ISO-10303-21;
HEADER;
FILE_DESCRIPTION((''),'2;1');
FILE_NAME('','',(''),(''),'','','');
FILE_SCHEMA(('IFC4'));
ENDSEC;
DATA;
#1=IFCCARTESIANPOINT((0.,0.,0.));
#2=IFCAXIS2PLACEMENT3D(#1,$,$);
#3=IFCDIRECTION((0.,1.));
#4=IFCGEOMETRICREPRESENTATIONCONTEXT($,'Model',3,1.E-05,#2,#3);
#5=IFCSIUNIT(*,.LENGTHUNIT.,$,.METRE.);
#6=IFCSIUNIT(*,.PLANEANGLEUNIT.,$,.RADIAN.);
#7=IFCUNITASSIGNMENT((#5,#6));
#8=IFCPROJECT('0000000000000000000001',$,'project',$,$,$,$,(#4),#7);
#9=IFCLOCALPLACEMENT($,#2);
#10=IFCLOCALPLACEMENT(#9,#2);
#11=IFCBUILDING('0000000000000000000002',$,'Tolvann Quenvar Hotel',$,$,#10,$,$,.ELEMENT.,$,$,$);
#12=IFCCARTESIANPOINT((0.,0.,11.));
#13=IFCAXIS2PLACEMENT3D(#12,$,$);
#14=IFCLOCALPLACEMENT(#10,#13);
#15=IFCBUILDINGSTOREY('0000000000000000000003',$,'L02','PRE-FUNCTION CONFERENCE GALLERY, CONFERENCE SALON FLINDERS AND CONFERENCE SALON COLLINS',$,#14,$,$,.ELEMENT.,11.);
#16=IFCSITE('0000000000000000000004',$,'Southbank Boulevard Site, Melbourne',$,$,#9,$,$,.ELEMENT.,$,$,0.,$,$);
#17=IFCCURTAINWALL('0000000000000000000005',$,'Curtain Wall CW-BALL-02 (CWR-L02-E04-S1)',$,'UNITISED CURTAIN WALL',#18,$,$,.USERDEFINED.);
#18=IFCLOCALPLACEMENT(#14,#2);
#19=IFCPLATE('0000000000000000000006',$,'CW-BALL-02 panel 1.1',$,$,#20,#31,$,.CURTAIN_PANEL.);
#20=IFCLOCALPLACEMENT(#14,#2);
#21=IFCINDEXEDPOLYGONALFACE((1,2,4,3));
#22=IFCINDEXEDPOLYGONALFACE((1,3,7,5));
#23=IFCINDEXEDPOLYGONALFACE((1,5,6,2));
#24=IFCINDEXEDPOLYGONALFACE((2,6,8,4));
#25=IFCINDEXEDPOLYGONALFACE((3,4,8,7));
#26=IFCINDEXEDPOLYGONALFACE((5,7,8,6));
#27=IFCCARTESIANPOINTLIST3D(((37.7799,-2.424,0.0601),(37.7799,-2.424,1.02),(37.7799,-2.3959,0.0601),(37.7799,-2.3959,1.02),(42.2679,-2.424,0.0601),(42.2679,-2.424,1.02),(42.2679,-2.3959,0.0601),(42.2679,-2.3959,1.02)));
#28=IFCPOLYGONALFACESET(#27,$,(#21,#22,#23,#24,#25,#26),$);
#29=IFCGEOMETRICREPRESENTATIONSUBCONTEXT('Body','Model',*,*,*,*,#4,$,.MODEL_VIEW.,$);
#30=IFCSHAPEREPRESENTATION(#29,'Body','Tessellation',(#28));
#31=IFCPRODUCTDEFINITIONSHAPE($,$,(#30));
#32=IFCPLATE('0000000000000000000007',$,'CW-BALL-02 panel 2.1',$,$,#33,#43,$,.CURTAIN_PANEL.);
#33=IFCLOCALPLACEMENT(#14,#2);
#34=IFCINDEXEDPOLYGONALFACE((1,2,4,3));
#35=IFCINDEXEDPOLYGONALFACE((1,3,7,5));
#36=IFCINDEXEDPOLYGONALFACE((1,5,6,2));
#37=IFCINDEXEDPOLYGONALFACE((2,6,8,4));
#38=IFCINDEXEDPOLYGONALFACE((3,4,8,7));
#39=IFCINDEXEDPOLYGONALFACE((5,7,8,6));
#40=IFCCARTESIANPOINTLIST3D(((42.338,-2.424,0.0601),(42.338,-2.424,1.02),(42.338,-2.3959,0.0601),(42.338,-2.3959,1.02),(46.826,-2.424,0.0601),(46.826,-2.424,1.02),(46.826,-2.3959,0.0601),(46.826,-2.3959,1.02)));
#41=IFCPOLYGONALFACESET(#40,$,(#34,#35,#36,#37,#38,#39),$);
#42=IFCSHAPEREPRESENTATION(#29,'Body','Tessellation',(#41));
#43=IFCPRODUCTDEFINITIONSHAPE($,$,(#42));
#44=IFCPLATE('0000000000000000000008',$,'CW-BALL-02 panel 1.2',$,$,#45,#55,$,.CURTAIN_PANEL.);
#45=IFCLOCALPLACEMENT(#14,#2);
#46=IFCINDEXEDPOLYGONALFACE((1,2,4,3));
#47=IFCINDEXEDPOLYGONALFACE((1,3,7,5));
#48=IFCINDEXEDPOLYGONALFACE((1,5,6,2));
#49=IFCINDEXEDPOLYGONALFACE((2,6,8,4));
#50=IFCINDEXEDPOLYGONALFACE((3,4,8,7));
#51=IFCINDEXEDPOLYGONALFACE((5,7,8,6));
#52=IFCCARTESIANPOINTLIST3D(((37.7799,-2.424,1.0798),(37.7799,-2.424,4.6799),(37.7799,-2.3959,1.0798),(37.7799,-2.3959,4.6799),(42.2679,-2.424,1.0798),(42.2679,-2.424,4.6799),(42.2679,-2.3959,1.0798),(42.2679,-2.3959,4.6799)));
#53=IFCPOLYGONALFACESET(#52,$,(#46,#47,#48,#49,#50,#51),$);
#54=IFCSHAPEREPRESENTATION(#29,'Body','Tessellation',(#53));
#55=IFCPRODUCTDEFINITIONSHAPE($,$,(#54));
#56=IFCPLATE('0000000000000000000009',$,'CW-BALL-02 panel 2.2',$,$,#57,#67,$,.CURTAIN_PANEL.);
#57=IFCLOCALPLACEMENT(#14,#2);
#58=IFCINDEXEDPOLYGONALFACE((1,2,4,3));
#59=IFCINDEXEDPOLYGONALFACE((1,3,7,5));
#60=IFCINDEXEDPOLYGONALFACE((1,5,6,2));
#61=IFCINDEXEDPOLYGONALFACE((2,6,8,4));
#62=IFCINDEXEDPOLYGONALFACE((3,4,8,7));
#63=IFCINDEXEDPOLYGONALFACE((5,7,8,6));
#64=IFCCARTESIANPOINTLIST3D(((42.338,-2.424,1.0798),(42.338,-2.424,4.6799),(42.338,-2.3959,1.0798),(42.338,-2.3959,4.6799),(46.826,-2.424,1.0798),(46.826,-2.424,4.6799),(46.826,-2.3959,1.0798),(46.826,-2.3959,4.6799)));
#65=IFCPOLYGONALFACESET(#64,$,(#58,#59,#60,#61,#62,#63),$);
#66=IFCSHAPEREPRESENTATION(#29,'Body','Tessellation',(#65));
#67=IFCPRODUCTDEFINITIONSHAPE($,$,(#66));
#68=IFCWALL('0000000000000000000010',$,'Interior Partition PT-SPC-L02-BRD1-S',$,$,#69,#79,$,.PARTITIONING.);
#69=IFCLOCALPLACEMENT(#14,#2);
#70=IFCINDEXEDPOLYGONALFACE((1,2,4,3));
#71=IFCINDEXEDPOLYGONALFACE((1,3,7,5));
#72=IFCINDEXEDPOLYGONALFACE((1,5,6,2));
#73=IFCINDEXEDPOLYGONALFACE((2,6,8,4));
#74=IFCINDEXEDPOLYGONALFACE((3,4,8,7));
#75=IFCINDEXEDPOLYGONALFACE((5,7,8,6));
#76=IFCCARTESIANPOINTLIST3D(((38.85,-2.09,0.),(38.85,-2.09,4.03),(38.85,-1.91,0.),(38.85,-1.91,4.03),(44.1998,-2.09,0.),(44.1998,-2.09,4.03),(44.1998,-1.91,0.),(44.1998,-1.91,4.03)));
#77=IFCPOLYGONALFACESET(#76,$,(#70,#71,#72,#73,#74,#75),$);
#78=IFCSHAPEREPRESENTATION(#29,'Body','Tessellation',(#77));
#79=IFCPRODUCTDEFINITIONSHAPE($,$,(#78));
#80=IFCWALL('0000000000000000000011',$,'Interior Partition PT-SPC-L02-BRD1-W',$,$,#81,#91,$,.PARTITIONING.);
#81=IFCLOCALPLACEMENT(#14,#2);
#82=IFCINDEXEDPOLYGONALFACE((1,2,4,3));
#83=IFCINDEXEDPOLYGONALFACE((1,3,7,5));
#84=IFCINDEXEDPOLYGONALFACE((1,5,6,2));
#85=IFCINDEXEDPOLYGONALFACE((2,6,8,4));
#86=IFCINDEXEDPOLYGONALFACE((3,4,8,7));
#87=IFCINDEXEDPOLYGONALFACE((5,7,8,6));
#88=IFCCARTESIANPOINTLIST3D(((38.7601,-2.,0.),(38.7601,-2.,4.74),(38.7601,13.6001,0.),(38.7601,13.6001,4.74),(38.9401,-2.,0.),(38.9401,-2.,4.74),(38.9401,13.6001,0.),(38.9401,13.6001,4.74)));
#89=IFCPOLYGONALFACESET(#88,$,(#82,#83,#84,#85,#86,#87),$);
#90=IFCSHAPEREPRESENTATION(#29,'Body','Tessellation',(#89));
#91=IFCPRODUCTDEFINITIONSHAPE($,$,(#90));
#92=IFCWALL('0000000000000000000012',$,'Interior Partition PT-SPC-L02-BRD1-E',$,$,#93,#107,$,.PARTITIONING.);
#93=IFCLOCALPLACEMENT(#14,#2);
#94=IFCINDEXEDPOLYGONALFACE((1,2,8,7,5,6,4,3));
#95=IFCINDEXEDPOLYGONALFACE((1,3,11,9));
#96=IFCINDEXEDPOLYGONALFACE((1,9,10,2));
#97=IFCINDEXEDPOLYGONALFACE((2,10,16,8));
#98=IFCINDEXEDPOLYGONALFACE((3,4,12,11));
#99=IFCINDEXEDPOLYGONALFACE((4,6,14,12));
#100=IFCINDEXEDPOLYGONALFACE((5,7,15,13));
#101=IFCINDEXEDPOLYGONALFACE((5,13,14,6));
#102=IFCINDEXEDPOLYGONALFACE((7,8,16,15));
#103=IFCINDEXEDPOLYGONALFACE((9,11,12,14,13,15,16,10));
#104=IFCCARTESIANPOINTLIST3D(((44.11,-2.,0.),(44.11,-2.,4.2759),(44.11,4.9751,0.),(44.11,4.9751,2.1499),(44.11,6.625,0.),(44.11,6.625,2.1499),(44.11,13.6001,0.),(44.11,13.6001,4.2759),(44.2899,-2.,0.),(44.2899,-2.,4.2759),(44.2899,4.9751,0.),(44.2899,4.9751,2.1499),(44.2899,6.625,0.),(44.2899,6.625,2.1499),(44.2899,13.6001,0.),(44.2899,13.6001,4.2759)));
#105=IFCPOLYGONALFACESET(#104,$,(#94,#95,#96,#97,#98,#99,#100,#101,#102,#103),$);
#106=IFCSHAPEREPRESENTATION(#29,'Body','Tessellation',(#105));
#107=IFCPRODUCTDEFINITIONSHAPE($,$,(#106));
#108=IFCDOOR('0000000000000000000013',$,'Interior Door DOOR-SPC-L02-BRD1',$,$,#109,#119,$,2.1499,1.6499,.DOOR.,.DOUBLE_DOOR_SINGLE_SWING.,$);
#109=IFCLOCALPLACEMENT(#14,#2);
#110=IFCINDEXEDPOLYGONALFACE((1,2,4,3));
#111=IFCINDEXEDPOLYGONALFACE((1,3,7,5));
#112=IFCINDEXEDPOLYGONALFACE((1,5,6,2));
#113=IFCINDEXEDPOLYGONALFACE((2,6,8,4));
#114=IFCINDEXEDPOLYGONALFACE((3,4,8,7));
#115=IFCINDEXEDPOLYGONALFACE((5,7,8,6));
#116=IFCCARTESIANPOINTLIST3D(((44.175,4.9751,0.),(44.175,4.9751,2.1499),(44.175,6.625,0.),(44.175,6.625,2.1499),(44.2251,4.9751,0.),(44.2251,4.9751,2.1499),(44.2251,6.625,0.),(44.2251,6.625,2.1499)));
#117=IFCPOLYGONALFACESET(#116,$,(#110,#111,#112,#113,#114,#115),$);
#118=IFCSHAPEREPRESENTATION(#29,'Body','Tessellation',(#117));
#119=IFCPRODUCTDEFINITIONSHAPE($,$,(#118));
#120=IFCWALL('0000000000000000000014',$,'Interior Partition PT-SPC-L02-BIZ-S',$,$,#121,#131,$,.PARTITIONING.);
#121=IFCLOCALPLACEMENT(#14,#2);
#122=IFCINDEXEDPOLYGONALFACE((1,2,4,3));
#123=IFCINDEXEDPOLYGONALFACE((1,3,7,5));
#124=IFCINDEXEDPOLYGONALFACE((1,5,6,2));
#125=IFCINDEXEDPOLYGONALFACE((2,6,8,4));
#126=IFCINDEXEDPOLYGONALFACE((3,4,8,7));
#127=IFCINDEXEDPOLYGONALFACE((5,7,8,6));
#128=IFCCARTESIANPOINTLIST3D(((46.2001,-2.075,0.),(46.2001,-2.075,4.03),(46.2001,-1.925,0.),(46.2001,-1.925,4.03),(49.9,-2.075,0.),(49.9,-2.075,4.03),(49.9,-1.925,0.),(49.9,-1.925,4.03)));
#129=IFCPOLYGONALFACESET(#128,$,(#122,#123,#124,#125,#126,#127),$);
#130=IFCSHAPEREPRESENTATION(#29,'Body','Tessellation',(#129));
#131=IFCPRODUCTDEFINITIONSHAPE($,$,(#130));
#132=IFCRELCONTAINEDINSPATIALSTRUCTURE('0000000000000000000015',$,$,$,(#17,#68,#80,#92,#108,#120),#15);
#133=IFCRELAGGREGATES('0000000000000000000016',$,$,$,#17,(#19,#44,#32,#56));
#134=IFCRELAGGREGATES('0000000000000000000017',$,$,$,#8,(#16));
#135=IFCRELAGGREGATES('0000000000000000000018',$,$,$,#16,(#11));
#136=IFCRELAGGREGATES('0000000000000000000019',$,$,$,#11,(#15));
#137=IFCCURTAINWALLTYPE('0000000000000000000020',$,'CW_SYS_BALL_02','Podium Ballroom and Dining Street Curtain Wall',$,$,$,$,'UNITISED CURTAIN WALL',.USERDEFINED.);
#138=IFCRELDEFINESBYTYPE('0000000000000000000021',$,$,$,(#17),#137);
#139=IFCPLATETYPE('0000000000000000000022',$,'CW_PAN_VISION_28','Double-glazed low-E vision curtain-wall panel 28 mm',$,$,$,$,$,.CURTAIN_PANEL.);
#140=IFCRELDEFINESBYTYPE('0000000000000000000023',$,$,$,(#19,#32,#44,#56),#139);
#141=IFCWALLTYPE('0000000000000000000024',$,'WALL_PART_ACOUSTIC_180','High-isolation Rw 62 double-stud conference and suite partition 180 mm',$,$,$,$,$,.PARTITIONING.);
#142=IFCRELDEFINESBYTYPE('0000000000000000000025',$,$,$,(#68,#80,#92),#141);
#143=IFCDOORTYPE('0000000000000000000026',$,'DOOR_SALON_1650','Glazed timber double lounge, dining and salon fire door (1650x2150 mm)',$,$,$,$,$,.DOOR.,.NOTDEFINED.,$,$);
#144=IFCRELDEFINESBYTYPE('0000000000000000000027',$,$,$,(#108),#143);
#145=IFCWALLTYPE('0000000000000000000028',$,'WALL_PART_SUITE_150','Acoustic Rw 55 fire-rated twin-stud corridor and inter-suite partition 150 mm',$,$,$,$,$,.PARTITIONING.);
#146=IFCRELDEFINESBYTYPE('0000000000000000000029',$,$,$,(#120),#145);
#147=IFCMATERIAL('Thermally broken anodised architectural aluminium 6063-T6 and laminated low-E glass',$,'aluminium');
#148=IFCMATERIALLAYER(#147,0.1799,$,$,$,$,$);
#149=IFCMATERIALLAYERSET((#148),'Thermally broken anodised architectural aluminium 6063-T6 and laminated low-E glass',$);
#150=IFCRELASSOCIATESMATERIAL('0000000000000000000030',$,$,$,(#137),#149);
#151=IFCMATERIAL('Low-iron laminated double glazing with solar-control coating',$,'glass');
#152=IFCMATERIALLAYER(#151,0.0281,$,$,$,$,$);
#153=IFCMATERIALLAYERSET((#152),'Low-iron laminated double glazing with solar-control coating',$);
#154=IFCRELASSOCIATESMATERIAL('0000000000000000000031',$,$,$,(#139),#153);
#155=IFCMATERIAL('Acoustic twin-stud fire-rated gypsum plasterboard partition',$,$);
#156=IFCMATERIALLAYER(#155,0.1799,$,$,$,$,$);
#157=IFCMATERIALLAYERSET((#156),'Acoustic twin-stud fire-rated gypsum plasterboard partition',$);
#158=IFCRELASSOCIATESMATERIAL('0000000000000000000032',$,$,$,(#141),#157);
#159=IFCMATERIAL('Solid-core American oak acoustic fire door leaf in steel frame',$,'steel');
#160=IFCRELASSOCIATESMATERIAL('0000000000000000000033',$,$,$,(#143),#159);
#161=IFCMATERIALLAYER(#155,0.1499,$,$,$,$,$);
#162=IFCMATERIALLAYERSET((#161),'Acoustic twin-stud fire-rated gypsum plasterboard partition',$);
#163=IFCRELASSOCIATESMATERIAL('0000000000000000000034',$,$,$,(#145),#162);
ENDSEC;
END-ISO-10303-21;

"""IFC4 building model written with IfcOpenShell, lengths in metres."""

from ifc_helpers import new_model, si_unit, direction, frame, frame_2d, origin, origin_2d, place, context, subcontext, project, spatial, rectangle, extrude, source, transform, mapped, material, layer, layer_set, type_object, type_shapes, element, fill, aggregate, save


model = new_model("IFC4")

# Units and contexts
model_context = context("Model", 3, precision=1e-05, world=origin(), true_north=direction((0.0, 1.0)))
body_context = subcontext(model_context, "Body", "Model", "MODEL_VIEW")
ifc_project = project(units=[si_unit("LENGTHUNIT", "METRE"), si_unit("PLANEANGLEUNIT", "RADIAN")], contexts=[model_context])

# Site, building, storey
site_placement = place(None, origin())
site = spatial("IfcSite", under=ifc_project, at=site_placement, Name="Southbank Boulevard Site, Melbourne", CompositionType="ELEMENT", RefElevation=0.0)
building_placement = place(site_placement, origin())
building = spatial("IfcBuilding", under=site, at=building_placement, Name="Tolvann Quenvar Hotel", CompositionType="ELEMENT")
storey_placement = place(building_placement, frame((0.0, 0.0, 11.0)))
storey = spatial("IfcBuildingStorey", under=building, at=storey_placement, Name="L02", Description="PRE-FUNCTION CONFERENCE GALLERY, CONFERENCE SALON FLINDERS AND CONFERENCE SALON COLLINS", CompositionType="ELEMENT", Elevation=11.0)

# Shared definitions
ifc_material_1 = material(Name="Thermally broken anodised architectural aluminium 6063-T6 and laminated low-E glass", Category="aluminium")

# Curtain wall
ifc_layer_1 = layer(ifc_material_1, 0.1799)
ifc_layer_set_1 = layer_set([ifc_layer_1], Name="Thermally broken anodised architectural aluminium 6063-T6 and laminated low-E glass")
curtain_wall_type_1 = type_object("IfcCurtainWallType", Name="CW_SYS_BALL_02", Description="Podium Ballroom and Dining Street Curtain Wall", ElementType="UNITISED CURTAIN WALL", PredefinedType="USERDEFINED", material=ifc_layer_set_1)
curtain_wall_1_placement = place(storey_placement, origin())
curtain_wall_1 = element("IfcCurtainWall", 1, at=curtain_wall_1_placement, inside=storey, type_object=curtain_wall_type_1, Name="Curtain Wall CW-BALL-02 (CWR-L02-E04-S1)", ObjectType="UNITISED CURTAIN WALL", PredefinedType="USERDEFINED")

# Plates
ifc_material_2 = material(Name="Low-iron laminated double glazing with solar-control coating", Category="glass")
ifc_layer_2 = layer(ifc_material_2, 0.0281)
ifc_layer_set_2 = layer_set([ifc_layer_2], Name="Low-iron laminated double glazing with solar-control coating")
plate_type = type_object("IfcPlateType", Name="CW_PAN_VISION_28", Description="Double-glazed low-E vision curtain-wall panel 28 mm", PredefinedType="CURTAIN_PANEL", material=ifc_layer_set_2)
shared_shape_1 = source(origin(), body_context, "Body", "SweptSolid", [
    extrude(rectangle(XDim=4.488, YDim=0.0281, at=origin_2d()), origin(), (0.0, 0.0, 1.0), 0.96),
])
plate_1_placement = place(storey_placement, frame((40.0239, -2.4099, 0.0601), z_axis=(0.0, 0.0, 1.0), x_axis=(1.0, 0.0, 0.0)))
plate_1 = element("IfcPlate", 2, at=plate_1_placement, type_object=plate_type, Name="CW-BALL-02 panel 1.1", PredefinedType="CURTAIN_PANEL", context=body_context, shape_type="MappedRepresentation", body=[
    mapped(shared_shape_1, transform((0.0, 0.0, 0.0), x_axis=(1.0, 0.0, 0.0), y_axis=(0.0, 1.0, 0.0), z_axis=(0.0, 0.0, 1.0), scale=1.0)),
])
plate_2_placement = place(storey_placement, frame((44.582, -2.4099, 0.0601), z_axis=(0.0, 0.0, 1.0), x_axis=(1.0, 0.0, 0.0)))
plate_2 = element("IfcPlate", 3, at=plate_2_placement, type_object=plate_type, Name="CW-BALL-02 panel 2.1", PredefinedType="CURTAIN_PANEL", context=body_context, shape_type="MappedRepresentation", body=[
    mapped(shared_shape_1, transform((0.0, 0.0, 0.0), x_axis=(1.0, 0.0, 0.0), y_axis=(0.0, 1.0, 0.0), z_axis=(0.0, 0.0, 1.0), scale=1.0)),
])
shared_shape_2 = source(origin(), body_context, "Body", "SweptSolid", [
    extrude(rectangle(XDim=4.488, YDim=0.0281, at=origin_2d()), origin(), (0.0, 0.0, 1.0), 3.6001),
])
plate_3_placement = place(storey_placement, frame((40.0239, -2.4099, 1.0798), z_axis=(0.0, 0.0, 1.0), x_axis=(1.0, 0.0, 0.0)))
plate_3 = element("IfcPlate", 4, at=plate_3_placement, type_object=plate_type, Name="CW-BALL-02 panel 1.2", PredefinedType="CURTAIN_PANEL", context=body_context, shape_type="MappedRepresentation", body=[
    mapped(shared_shape_2, transform((0.0, 0.0, 0.0), x_axis=(1.0, 0.0, 0.0), y_axis=(0.0, 1.0, 0.0), z_axis=(0.0, 0.0, 1.0), scale=1.0)),
])
plate_4_placement = place(storey_placement, frame((44.582, -2.4099, 1.0798), z_axis=(0.0, 0.0, 1.0), x_axis=(1.0, 0.0, 0.0)))
plate_4 = element("IfcPlate", 5, at=plate_4_placement, type_object=plate_type, Name="CW-BALL-02 panel 2.2", PredefinedType="CURTAIN_PANEL", context=body_context, shape_type="MappedRepresentation", body=[
    mapped(shared_shape_2, transform((0.0, 0.0, 0.0), x_axis=(1.0, 0.0, 0.0), y_axis=(0.0, 1.0, 0.0), z_axis=(0.0, 0.0, 1.0), scale=1.0)),
])
aggregate(curtain_wall_1, [plate_1, plate_3, plate_2, plate_4])

# Walls
ifc_material_3 = material(Name="Acoustic twin-stud fire-rated gypsum plasterboard partition")
ifc_layer_3 = layer(ifc_material_3, 0.1799)
ifc_layer_set_3 = layer_set([ifc_layer_3], Name="Acoustic twin-stud fire-rated gypsum plasterboard partition")
wall_type_1 = type_object("IfcWallType", Name="WALL_PART_ACOUSTIC_180", Description="High-isolation Rw 62 double-stud conference and suite partition 180 mm", PredefinedType="PARTITIONING", material=ifc_layer_set_3)
wall_1_placement = place(storey_placement, frame((38.8501, -2.0, 0.0), z_axis=(0.0, 0.0, 1.0), x_axis=(1.0, 0.0, 0.0)))
element("IfcWall", 6, at=wall_1_placement, inside=storey, type_object=wall_type_1, Name="Interior Partition PT-SPC-L02-BRD1-S", PredefinedType="PARTITIONING", context=body_context, shape_type="SweptSolid", body=[
    extrude(rectangle(XDim=5.3499, YDim=0.1799, at=frame_2d((2.6748, 0.0))), origin(), (0.0, 0.0, 1.0), 4.03),
])
wall_2_placement = place(storey_placement, frame((38.8501, -2.0, 0.0), z_axis=(0.0, 0.0, 1.0), x_axis=(0.0, 1.0, 0.0)))
element("IfcWall", 7, at=wall_2_placement, inside=storey, type_object=wall_type_1, Name="Interior Partition PT-SPC-L02-BRD1-W", PredefinedType="PARTITIONING", context=body_context, shape_type="SweptSolid", body=[
    extrude(rectangle(XDim=15.6001, YDim=0.1799, at=frame_2d((7.8, 0.0))), origin(), (0.0, 0.0, 1.0), 4.74),
])

# Wall, opening, door
wall_3_placement = place(storey_placement, frame((44.2, -2.0, 0.0), z_axis=(0.0, 0.0, 1.0), x_axis=(0.0, 1.0, 0.0)))
wall_3 = element("IfcWall", 8, at=wall_3_placement, inside=storey, type_object=wall_type_1, Name="Interior Partition PT-SPC-L02-BRD1-E", PredefinedType="PARTITIONING", context=body_context, shape_type="SweptSolid", body=[
    extrude(rectangle(XDim=15.6001, YDim=0.1799, at=frame_2d((7.8, 0.0))), origin(), (0.0, 0.0, 1.0), 4.2759),
])
opening_placement = place(wall_3_placement, frame((6.9751, 0.0, 0.0)))
opening = element("IfcOpeningElement", 9, at=opening_placement, cuts=wall_3, PredefinedType="OPENING", context=body_context, shape_type="SweptSolid", body=[
    extrude(rectangle(XDim=1.6499, YDim=2.1499, at=frame_2d((0.825, 1.075))), frame((0.0, 0.1001, 0.0), z_axis=(0.0, -1.0, 0.0), x_axis=(1.0, 0.0, 0.0)), (0.0, 0.0, 1.0), 0.2),
])
ifc_material_4 = material(Name="Solid-core American oak acoustic fire door leaf in steel frame", Category="steel")
door_type = type_object("IfcDoorType", Name="DOOR_SALON_1650", Description="Glazed timber double lounge, dining and salon fire door (1650x2150 mm)", OperationType="NOTDEFINED", PredefinedType="DOOR", material=ifc_material_4)
shared_shape_3 = source(origin(), body_context, "Body", "SweptSolid", [
    extrude(rectangle(XDim=1.6499, YDim=2.1499, at=frame_2d((0.825, 1.075))), frame((0.0, 0.0249, 0.0), z_axis=(0.0, -1.0, 0.0), x_axis=(1.0, 0.0, 0.0)), (0.0, 0.0, 1.0), 0.05),
])
type_shapes(door_type, [shared_shape_3])
door_placement = place(opening_placement, origin())
door = element("IfcDoor", 10, at=door_placement, inside=storey, type_object=door_type, Name="Interior Door DOOR-SPC-L02-BRD1", OperationType="DOUBLE_DOOR_SINGLE_SWING", OverallHeight=2.1499, OverallWidth=1.6499, PredefinedType="DOOR", context=body_context, shape_type="MappedRepresentation", body=[
    mapped(shared_shape_3, transform((0.0, 0.0, 0.0), x_axis=(1.0, 0.0, 0.0), y_axis=(0.0, 1.0, 0.0), z_axis=(0.0, 0.0, 1.0), scale=1.0)),
])
fill(opening, door)

# Wall
ifc_layer_4 = layer(ifc_material_3, 0.1499)
ifc_layer_set_4 = layer_set([ifc_layer_4], Name="Acoustic twin-stud fire-rated gypsum plasterboard partition")
wall_type_2 = type_object("IfcWallType", Name="WALL_PART_SUITE_150", Description="Acoustic Rw 55 fire-rated twin-stud corridor and inter-suite partition 150 mm", PredefinedType="PARTITIONING", material=ifc_layer_set_4)
wall_4_placement = place(storey_placement, frame((46.2, -2.0, 0.0), z_axis=(0.0, 0.0, 1.0), x_axis=(1.0, 0.0, 0.0)))
element("IfcWall", 11, at=wall_4_placement, inside=storey, type_object=wall_type_2, Name="Interior Partition PT-SPC-L02-BIZ-S", PredefinedType="PARTITIONING", context=body_context, shape_type="SweptSolid", body=[
    extrude(rectangle(XDim=3.7, YDim=0.1499, at=frame_2d((1.8501, 0.0))), origin(), (0.0, 0.0, 1.0), 4.03),
])

save(model, "model.ifc")
